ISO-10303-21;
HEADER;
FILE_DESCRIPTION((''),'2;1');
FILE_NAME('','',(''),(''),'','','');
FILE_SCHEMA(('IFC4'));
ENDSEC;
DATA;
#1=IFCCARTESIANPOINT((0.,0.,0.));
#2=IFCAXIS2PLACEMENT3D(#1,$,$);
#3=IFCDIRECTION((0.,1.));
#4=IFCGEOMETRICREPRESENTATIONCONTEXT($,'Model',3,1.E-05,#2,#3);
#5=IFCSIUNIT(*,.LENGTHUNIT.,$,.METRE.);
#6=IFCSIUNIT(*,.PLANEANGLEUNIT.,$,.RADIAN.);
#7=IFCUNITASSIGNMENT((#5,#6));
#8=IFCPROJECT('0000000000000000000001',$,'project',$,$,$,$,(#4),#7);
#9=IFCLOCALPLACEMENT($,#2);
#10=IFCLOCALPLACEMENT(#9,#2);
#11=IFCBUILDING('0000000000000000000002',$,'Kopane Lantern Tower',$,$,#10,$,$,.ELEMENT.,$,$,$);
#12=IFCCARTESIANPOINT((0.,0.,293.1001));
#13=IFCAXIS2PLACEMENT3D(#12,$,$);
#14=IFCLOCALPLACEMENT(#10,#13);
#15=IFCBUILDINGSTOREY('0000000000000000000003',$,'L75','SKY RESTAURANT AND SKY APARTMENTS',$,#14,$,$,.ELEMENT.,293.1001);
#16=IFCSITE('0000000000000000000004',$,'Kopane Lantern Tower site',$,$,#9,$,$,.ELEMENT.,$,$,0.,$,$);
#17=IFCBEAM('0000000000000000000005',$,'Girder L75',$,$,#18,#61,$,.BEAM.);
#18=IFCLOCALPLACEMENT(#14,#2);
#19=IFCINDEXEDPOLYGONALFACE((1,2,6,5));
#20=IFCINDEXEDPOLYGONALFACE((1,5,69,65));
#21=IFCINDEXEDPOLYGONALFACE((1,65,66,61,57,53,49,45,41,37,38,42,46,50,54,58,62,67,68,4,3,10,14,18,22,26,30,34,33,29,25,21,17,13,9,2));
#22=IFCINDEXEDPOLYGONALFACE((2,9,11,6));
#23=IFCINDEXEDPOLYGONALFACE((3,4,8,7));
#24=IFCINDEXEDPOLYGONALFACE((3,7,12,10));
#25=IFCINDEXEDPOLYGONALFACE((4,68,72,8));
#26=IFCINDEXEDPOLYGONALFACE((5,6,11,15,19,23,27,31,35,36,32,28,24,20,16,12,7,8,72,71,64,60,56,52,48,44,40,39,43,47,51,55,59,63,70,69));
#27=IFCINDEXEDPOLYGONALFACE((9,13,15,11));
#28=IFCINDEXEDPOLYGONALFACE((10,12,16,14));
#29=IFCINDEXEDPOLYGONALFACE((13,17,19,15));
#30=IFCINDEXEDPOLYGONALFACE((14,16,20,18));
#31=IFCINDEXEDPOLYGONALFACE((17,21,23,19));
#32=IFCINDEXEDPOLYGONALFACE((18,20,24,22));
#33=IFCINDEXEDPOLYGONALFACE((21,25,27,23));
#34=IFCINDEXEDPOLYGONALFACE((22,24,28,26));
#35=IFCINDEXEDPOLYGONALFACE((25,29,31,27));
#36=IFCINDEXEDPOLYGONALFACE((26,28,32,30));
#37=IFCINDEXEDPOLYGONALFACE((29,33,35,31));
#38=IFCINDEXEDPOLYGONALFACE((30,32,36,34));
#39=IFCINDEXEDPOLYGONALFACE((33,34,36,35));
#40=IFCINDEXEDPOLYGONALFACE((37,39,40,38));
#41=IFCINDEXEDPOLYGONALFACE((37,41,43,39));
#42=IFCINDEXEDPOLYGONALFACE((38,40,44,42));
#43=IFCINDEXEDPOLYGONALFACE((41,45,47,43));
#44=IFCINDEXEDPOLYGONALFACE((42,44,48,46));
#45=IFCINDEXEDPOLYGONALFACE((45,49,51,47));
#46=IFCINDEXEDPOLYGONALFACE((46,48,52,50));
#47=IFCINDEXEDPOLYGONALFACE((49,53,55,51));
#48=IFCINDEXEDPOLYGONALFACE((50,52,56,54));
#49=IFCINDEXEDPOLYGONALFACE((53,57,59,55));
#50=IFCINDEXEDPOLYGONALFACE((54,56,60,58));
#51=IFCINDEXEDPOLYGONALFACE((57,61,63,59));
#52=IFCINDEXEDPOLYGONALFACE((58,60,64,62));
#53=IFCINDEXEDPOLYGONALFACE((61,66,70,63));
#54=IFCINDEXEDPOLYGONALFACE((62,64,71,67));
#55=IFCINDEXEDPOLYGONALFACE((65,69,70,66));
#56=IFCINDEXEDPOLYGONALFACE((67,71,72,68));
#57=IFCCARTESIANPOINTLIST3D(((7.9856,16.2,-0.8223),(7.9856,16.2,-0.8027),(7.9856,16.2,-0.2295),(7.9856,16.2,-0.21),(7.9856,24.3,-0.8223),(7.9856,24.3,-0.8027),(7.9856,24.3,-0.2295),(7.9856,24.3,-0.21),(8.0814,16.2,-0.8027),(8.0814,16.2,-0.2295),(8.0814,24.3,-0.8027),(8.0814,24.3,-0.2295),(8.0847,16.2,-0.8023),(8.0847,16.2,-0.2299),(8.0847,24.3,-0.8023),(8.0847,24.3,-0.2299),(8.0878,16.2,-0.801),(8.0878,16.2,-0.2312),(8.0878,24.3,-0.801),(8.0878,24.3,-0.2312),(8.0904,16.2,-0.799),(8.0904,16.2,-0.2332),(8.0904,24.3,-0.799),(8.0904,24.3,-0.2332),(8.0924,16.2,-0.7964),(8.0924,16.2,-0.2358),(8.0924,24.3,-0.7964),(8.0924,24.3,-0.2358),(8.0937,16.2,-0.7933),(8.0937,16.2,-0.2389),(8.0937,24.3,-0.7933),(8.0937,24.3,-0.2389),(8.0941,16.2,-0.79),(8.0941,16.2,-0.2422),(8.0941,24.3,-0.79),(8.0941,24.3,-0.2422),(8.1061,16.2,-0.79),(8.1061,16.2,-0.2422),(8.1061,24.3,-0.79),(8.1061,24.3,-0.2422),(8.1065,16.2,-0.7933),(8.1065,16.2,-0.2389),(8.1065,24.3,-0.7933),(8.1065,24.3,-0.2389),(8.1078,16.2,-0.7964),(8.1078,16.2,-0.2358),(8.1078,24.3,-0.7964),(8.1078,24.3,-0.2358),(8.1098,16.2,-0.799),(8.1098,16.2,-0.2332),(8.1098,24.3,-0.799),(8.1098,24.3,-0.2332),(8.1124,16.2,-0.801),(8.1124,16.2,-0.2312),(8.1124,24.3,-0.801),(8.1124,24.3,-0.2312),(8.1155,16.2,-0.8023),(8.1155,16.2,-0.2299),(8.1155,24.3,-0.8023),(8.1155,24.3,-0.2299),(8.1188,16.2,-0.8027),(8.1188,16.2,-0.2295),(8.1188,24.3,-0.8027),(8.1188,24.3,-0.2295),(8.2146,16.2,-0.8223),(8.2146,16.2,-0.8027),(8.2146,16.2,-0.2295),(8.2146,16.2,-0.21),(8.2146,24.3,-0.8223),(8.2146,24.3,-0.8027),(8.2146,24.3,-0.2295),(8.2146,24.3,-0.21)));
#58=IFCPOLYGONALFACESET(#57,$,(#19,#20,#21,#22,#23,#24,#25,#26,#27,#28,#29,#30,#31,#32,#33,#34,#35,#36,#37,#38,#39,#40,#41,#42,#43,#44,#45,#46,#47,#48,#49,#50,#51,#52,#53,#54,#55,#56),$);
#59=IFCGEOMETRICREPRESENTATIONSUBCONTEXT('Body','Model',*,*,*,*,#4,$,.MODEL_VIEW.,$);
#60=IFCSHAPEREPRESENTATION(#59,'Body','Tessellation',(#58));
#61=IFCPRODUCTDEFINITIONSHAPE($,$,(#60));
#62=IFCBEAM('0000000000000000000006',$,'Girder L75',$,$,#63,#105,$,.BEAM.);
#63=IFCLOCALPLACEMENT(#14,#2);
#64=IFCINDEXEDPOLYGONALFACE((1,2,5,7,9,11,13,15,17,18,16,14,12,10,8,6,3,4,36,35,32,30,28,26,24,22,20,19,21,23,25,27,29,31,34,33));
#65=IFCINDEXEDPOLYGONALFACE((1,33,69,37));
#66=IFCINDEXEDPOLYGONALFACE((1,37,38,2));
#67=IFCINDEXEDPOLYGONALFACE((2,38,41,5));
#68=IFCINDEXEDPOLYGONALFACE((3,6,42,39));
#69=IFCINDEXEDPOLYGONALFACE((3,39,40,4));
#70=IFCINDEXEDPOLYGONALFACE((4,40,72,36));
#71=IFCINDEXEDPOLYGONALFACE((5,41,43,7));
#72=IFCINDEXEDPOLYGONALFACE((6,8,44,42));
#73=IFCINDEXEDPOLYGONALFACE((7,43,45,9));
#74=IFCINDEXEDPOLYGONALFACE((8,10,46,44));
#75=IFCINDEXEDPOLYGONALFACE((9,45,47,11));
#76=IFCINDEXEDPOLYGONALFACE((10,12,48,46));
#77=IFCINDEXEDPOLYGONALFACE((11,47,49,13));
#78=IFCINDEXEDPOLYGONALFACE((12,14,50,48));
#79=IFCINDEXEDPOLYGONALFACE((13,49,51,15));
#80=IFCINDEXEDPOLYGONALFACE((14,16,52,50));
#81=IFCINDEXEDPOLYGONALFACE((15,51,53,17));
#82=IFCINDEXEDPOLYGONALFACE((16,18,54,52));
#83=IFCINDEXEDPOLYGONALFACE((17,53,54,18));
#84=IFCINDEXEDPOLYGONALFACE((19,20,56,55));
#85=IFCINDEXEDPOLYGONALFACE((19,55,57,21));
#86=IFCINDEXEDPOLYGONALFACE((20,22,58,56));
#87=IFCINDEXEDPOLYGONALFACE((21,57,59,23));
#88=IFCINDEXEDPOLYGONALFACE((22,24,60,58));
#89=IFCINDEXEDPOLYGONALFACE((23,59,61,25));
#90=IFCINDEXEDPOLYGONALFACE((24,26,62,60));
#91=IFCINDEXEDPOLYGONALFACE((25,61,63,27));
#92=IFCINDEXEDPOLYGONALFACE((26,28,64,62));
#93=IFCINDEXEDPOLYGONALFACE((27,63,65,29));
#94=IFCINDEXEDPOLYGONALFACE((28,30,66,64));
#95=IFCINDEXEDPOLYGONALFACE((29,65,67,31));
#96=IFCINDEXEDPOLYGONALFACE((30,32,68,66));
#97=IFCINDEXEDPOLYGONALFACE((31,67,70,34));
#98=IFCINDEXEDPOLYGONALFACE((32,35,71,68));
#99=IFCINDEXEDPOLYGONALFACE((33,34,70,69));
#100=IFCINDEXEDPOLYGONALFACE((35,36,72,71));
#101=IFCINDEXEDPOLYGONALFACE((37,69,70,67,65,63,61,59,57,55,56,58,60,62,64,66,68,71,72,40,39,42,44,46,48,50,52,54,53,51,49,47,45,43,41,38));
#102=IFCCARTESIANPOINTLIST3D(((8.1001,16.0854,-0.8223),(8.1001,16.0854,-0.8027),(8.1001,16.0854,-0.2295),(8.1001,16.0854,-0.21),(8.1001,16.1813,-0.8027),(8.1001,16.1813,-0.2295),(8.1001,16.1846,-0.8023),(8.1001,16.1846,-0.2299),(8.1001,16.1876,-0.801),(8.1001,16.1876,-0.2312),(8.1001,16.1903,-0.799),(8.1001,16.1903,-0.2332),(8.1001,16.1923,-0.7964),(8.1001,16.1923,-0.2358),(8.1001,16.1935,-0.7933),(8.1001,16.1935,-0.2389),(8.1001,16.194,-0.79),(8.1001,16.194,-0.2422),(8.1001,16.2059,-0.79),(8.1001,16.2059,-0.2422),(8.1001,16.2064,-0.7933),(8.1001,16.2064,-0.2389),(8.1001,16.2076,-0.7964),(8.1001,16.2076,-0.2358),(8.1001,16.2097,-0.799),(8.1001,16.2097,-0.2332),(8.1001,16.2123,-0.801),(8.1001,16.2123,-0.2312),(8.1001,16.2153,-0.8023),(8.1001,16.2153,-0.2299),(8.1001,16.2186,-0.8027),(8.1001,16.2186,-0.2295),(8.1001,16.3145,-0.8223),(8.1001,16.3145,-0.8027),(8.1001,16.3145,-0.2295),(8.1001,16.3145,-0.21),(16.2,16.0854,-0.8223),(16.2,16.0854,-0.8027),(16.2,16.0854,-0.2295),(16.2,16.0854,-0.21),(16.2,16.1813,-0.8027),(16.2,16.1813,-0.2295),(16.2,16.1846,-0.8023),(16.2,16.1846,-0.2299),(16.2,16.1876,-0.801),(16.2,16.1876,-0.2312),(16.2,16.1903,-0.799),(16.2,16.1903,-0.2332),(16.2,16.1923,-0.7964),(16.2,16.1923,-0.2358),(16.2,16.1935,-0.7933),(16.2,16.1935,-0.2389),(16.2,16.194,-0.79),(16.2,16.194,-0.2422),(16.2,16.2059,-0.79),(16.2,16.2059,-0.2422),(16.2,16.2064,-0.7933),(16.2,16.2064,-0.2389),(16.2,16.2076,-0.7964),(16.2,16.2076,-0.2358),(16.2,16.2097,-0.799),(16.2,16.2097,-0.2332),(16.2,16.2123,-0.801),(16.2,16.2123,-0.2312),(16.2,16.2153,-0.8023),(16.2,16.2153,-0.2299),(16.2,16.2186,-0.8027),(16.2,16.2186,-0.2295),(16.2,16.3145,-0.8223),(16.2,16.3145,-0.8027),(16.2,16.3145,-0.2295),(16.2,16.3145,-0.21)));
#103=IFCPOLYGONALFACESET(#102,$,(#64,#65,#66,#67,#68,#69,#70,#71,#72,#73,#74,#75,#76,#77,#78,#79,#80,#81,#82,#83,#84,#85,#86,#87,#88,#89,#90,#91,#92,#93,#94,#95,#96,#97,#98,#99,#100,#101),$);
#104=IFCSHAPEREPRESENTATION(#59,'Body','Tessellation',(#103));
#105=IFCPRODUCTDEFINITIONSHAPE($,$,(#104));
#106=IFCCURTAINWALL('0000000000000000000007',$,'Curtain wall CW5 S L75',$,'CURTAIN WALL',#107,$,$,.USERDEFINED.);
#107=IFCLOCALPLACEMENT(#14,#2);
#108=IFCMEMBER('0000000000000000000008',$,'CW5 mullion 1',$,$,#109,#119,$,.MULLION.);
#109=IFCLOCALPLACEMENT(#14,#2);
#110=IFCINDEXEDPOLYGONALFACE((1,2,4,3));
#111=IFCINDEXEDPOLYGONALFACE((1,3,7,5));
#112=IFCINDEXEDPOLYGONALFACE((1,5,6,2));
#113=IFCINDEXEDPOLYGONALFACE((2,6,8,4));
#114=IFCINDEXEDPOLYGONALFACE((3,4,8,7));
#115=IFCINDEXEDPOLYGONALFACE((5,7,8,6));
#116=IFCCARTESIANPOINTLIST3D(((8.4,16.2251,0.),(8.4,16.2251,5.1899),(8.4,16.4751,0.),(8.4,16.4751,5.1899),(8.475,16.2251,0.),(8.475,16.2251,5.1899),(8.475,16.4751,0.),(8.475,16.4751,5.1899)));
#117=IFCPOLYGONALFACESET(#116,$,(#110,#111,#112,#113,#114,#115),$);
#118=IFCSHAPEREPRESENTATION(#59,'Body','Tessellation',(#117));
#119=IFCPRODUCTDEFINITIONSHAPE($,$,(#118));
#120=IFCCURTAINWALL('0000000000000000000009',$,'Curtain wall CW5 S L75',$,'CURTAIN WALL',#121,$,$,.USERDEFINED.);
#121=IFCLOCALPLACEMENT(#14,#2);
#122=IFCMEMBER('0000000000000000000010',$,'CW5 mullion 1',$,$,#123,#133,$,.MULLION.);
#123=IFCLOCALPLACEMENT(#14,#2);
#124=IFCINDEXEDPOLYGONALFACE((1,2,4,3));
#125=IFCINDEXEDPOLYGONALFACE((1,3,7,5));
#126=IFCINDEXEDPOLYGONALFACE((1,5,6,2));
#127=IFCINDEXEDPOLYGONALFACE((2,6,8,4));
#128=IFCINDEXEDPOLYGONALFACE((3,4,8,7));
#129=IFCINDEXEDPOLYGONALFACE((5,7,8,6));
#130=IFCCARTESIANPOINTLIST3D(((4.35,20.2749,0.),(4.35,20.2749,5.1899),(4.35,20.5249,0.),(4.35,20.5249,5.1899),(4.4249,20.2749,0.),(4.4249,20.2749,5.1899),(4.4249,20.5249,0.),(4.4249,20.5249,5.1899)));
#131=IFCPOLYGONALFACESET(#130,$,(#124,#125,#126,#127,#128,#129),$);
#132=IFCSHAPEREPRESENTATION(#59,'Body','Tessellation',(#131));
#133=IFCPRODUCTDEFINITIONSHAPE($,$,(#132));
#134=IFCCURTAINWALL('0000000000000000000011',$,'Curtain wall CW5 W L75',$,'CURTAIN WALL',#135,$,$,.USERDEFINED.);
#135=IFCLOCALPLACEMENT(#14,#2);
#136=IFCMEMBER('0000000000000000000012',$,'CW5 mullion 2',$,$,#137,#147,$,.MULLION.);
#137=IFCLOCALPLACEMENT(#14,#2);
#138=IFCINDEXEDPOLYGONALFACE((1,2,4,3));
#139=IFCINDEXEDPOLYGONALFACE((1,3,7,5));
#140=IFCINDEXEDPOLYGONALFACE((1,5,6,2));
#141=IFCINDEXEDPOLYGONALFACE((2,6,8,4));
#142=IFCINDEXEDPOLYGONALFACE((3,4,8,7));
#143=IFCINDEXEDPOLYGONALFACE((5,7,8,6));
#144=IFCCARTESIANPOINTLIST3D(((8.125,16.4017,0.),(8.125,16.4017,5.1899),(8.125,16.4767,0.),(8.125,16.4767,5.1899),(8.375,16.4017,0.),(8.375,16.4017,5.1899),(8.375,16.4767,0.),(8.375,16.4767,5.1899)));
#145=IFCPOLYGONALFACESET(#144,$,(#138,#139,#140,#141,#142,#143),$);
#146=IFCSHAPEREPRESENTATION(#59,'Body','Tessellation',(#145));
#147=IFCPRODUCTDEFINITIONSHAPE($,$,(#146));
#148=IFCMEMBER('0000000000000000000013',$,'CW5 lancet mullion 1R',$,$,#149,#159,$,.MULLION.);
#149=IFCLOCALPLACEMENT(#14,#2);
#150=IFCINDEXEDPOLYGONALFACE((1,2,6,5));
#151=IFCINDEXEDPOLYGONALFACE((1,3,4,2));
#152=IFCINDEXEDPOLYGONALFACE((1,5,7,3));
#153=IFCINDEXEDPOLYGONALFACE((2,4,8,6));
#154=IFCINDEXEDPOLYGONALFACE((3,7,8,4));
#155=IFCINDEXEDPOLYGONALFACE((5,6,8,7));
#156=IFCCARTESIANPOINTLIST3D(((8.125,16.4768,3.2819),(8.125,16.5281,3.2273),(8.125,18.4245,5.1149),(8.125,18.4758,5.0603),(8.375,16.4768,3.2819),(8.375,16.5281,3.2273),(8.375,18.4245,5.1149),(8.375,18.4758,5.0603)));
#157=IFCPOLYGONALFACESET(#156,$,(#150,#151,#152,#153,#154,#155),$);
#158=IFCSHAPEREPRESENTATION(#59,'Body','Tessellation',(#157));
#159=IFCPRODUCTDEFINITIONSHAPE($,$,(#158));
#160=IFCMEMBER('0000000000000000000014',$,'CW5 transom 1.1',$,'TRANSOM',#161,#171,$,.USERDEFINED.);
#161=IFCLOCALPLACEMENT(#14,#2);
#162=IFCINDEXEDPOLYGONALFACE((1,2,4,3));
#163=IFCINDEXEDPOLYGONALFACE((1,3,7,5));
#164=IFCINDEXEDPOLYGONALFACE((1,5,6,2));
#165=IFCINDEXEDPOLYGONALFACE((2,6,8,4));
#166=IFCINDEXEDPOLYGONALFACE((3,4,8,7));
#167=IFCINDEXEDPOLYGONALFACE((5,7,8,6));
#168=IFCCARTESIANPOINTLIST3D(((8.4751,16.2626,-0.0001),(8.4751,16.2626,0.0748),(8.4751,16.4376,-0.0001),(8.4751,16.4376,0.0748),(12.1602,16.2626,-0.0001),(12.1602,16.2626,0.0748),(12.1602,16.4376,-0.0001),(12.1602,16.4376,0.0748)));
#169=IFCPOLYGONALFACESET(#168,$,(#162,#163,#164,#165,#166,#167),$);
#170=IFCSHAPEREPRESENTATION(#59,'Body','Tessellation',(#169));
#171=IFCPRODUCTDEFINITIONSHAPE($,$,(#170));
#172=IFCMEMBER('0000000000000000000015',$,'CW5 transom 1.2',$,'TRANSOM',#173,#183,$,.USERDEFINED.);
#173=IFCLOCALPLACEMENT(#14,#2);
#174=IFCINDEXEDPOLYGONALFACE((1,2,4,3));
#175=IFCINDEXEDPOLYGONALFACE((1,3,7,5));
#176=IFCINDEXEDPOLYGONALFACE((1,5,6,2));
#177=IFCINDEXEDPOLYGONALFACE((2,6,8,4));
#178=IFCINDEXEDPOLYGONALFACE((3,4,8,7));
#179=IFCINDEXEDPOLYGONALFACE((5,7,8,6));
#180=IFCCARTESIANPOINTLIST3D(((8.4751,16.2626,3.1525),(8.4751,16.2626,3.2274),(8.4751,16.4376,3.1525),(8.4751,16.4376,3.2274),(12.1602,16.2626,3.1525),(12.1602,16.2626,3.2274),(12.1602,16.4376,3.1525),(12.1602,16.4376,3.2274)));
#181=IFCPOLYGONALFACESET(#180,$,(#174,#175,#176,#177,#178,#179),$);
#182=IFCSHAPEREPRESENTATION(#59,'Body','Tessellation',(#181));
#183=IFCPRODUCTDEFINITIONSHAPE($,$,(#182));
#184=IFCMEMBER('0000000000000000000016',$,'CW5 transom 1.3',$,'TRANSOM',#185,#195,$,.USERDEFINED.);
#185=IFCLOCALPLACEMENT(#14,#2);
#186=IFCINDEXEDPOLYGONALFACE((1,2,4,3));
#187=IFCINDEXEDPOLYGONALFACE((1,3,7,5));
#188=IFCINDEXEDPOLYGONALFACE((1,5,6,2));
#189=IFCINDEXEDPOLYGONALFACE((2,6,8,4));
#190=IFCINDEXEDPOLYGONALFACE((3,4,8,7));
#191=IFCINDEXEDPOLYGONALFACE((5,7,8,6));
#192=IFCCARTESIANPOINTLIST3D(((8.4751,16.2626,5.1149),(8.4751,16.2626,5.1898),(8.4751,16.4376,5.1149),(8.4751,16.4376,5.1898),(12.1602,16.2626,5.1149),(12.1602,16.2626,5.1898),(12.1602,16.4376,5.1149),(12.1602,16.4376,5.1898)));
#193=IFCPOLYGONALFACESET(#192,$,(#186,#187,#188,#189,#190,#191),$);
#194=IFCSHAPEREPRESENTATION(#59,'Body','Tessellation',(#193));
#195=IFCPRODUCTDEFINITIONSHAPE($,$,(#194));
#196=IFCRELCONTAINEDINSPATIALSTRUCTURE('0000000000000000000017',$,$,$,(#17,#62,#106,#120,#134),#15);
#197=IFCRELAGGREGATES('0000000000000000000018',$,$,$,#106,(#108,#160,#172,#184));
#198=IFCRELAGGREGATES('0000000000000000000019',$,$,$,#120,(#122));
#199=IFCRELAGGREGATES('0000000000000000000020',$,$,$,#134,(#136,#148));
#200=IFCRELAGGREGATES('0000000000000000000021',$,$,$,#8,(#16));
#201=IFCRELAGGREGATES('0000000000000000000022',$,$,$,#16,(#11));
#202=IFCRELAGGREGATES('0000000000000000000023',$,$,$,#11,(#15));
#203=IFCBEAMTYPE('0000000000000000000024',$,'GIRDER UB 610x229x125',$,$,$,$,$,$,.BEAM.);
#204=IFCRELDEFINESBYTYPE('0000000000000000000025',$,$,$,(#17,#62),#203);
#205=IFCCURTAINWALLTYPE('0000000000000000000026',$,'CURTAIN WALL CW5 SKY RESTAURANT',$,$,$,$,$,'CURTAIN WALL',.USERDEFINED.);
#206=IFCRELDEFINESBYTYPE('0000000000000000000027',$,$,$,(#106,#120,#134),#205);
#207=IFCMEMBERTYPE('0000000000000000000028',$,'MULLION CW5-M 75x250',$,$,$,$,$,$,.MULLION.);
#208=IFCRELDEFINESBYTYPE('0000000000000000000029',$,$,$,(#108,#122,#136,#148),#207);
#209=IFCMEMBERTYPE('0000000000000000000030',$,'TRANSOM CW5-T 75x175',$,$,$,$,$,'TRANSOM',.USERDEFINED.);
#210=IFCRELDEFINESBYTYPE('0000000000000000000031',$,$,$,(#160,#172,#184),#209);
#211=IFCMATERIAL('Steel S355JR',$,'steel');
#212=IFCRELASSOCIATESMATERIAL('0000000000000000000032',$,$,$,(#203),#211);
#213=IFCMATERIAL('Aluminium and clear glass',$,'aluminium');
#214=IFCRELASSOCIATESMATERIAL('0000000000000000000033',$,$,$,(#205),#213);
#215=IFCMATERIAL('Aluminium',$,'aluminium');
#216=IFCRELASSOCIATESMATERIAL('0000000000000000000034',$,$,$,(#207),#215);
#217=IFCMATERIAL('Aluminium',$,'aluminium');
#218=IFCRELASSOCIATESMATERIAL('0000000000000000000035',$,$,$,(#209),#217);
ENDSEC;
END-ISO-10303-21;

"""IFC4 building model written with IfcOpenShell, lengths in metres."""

from ifc_helpers import new_model, si_unit, direction, frame, origin, origin_2d, place, context, subcontext, project, spatial, rectangle, i_section, extrude, material, material_profile, profile_set, type_object, element, aggregate, save


model = new_model("IFC4")

# Units and contexts
model_context = context("Model", 3, precision=1e-05, world=origin(), true_north=direction((0.0, 1.0)))
body_context = subcontext(model_context, "Body", "Model", "MODEL_VIEW")
ifc_project = project(units=[si_unit("LENGTHUNIT", "METRE"), si_unit("PLANEANGLEUNIT", "RADIAN")], contexts=[model_context])

# Site, building, storey
site_placement = place(None, origin())
site = spatial("IfcSite", under=ifc_project, at=site_placement, Name="Kopane Lantern Tower site", CompositionType="ELEMENT", RefElevation=0.0)
building_placement = place(site_placement, origin())
building = spatial("IfcBuilding", under=site, at=building_placement, Name="Kopane Lantern Tower", CompositionType="ELEMENT")
storey_placement = place(building_placement, frame((0.0, 0.0, 293.1001)))
storey = spatial("IfcBuildingStorey", under=building, at=storey_placement, Name="L75", Description="SKY RESTAURANT AND SKY APARTMENTS", CompositionType="ELEMENT", Elevation=293.1001)

# Beams
ifc_material_1 = material(Name="Steel S355JR", Category="steel")
ifc_material_profile_1 = material_profile(ifc_material_1, i_section(OverallWidth=0.229, OverallDepth=0.6123, WebThickness=0.012, FlangeThickness=0.0195, FilletRadius=0.0127, at=origin_2d()), Name="UB 610x229x125")
ifc_profile_set_1 = profile_set([ifc_material_profile_1], Name="Steel S355JR")
beam_type_1 = type_object("IfcBeamType", Name="GIRDER UB 610x229x125", PredefinedType="BEAM", material=ifc_profile_set_1)
beam_1_placement = place(storey_placement, frame((8.1001, 16.2, -0.5161), z_axis=(0.0, 1.0, 0.0), x_axis=(-1.0, 0.0, 0.0)))
element("IfcBeam", 1, at=beam_1_placement, inside=storey, type_object=beam_type_1, Name="Girder L75", PredefinedType="BEAM", context=body_context, shape_type="SweptSolid", body=[
    extrude(i_section(OverallWidth=0.229, OverallDepth=0.6123, WebThickness=0.012, FlangeThickness=0.0195, FilletRadius=0.0127, at=origin_2d()), origin(), (0.0, 0.0, 1.0), 8.1001),
])
beam_2_placement = place(storey_placement, frame((8.1001, 16.2, -0.5161), z_axis=(1.0, 0.0, 0.0), x_axis=(0.0, 1.0, 0.0)))
element("IfcBeam", 2, at=beam_2_placement, inside=storey, type_object=beam_type_1, Name="Girder L75", PredefinedType="BEAM", context=body_context, shape_type="SweptSolid", body=[
    extrude(i_section(OverallWidth=0.229, OverallDepth=0.6123, WebThickness=0.012, FlangeThickness=0.0195, FilletRadius=0.0127, at=origin_2d()), origin(), (0.0, 0.0, 1.0), 8.0999),
])

# Curtain walls, members
ifc_material_2 = material(Name="Aluminium and clear glass", Category="aluminium")
curtain_wall_type = type_object("IfcCurtainWallType", Name="CURTAIN WALL CW5 SKY RESTAURANT", ElementType="CURTAIN WALL", PredefinedType="USERDEFINED", material=ifc_material_2)
curtain_wall_1_placement = place(storey_placement, origin())
curtain_wall_1 = element("IfcCurtainWall", 3, at=curtain_wall_1_placement, inside=storey, type_object=curtain_wall_type, Name="Curtain wall CW5 S L75", ObjectType="CURTAIN WALL", PredefinedType="USERDEFINED")
ifc_material_3 = material(Name="Aluminium", Category="aluminium")
ifc_material_profile_2 = material_profile(ifc_material_3, rectangle(XDim=0.075, YDim=0.25, at=origin_2d()), Name="AL 75x250")
ifc_profile_set_2 = profile_set([ifc_material_profile_2], Name="Aluminium")
member_type_1 = type_object("IfcMemberType", Name="MULLION CW5-M 75x250", PredefinedType="MULLION", material=ifc_profile_set_2)
member_1_placement = place(storey_placement, frame((8.4375, 16.3501, 0.0), z_axis=(0.0, 0.0, 1.0), x_axis=(1.0, 0.0, 0.0)))
member_1 = element("IfcMember", 4, at=member_1_placement, type_object=member_type_1, Name="CW5 mullion 1", PredefinedType="MULLION", context=body_context, shape_type="SweptSolid", body=[
    extrude(rectangle(XDim=0.075, YDim=0.25, at=origin_2d()), origin(), (0.0, 0.0, 1.0), 5.1899),
])
curtain_wall_2_placement = place(storey_placement, origin())
curtain_wall_2 = element("IfcCurtainWall", 5, at=curtain_wall_2_placement, inside=storey, type_object=curtain_wall_type, Name="Curtain wall CW5 S L75", ObjectType="CURTAIN WALL", PredefinedType="USERDEFINED")
member_2_placement = place(storey_placement, frame((4.3875, 20.3999, 0.0), z_axis=(0.0, 0.0, 1.0), x_axis=(1.0, 0.0, 0.0)))
member_2 = element("IfcMember", 6, at=member_2_placement, type_object=member_type_1, Name="CW5 mullion 1", PredefinedType="MULLION", context=body_context, shape_type="SweptSolid", body=[
    extrude(rectangle(XDim=0.075, YDim=0.25, at=origin_2d()), origin(), (0.0, 0.0, 1.0), 5.1899),
])

# Curtain wall, members
curtain_wall_3_placement = place(storey_placement, origin())
curtain_wall_3 = element("IfcCurtainWall", 7, at=curtain_wall_3_placement, inside=storey, type_object=curtain_wall_type, Name="Curtain wall CW5 W L75", ObjectType="CURTAIN WALL", PredefinedType="USERDEFINED")
member_3_placement = place(storey_placement, frame((8.25, 16.4392, 0.0), z_axis=(0.0, 0.0, 1.0), x_axis=(0.0, -1.0, 0.0)))
member_3 = element("IfcMember", 8, at=member_3_placement, type_object=member_type_1, Name="CW5 mullion 2", PredefinedType="MULLION", context=body_context, shape_type="SweptSolid", body=[
    extrude(rectangle(XDim=0.075, YDim=0.25, at=origin_2d()), origin(), (0.0, 0.0, 1.0), 5.1899),
])
member_4_placement = place(storey_placement, frame((8.25, 16.5024, 3.2546), z_axis=(0.0, 0.728232, 0.685331), x_axis=(0.0, -0.685331, 0.728232)))
member_4 = element("IfcMember", 9, at=member_4_placement, type_object=member_type_1, Name="CW5 lancet mullion 1R", PredefinedType="MULLION", context=body_context, shape_type="SweptSolid", body=[
    extrude(rectangle(XDim=0.075, YDim=0.25, at=origin_2d()), origin(), (0.0, 0.0, 1.0), 2.6746),
])

# Members
ifc_material_4 = material(Name="Aluminium", Category="aluminium")
ifc_material_profile_3 = material_profile(ifc_material_4, rectangle(XDim=0.175, YDim=0.075, at=origin_2d()), Name="AL 175x75")
ifc_profile_set_3 = profile_set([ifc_material_profile_3], Name="Aluminium")
member_type_2 = type_object("IfcMemberType", Name="TRANSOM CW5-T 75x175", ElementType="TRANSOM", PredefinedType="USERDEFINED", material=ifc_profile_set_3)
member_5_placement = place(storey_placement, frame((8.4751, 16.3501, 0.0374), z_axis=(1.0, 0.0, 0.0), x_axis=(0.0, 1.0, 0.0)))
member_5 = element("IfcMember", 10, at=member_5_placement, type_object=member_type_2, Name="CW5 transom 1.1", ObjectType="TRANSOM", PredefinedType="USERDEFINED", context=body_context, shape_type="SweptSolid", body=[
    extrude(rectangle(XDim=0.175, YDim=0.075, at=origin_2d()), origin(), (0.0, 0.0, 1.0), 3.6851),
])
member_6_placement = place(storey_placement, frame((8.4751, 16.3501, 3.1899), z_axis=(1.0, 0.0, 0.0), x_axis=(0.0, 1.0, 0.0)))
member_6 = element("IfcMember", 11, at=member_6_placement, type_object=member_type_2, Name="CW5 transom 1.2", ObjectType="TRANSOM", PredefinedType="USERDEFINED", context=body_context, shape_type="SweptSolid", body=[
    extrude(rectangle(XDim=0.175, YDim=0.075, at=origin_2d()), origin(), (0.0, 0.0, 1.0), 3.6851),
])
member_7_placement = place(storey_placement, frame((8.4751, 16.3501, 5.1523), z_axis=(1.0, 0.0, 0.0), x_axis=(0.0, 1.0, 0.0)))
member_7 = element("IfcMember", 12, at=member_7_placement, type_object=member_type_2, Name="CW5 transom 1.3", ObjectType="TRANSOM", PredefinedType="USERDEFINED", context=body_context, shape_type="SweptSolid", body=[
    extrude(rectangle(XDim=0.175, YDim=0.075, at=origin_2d()), origin(), (0.0, 0.0, 1.0), 3.6851),
])

aggregate(curtain_wall_1, [member_1, member_5, member_6, member_7])
aggregate(curtain_wall_2, [member_2])
aggregate(curtain_wall_3, [member_3, member_4])

save(model, "model.ifc")
